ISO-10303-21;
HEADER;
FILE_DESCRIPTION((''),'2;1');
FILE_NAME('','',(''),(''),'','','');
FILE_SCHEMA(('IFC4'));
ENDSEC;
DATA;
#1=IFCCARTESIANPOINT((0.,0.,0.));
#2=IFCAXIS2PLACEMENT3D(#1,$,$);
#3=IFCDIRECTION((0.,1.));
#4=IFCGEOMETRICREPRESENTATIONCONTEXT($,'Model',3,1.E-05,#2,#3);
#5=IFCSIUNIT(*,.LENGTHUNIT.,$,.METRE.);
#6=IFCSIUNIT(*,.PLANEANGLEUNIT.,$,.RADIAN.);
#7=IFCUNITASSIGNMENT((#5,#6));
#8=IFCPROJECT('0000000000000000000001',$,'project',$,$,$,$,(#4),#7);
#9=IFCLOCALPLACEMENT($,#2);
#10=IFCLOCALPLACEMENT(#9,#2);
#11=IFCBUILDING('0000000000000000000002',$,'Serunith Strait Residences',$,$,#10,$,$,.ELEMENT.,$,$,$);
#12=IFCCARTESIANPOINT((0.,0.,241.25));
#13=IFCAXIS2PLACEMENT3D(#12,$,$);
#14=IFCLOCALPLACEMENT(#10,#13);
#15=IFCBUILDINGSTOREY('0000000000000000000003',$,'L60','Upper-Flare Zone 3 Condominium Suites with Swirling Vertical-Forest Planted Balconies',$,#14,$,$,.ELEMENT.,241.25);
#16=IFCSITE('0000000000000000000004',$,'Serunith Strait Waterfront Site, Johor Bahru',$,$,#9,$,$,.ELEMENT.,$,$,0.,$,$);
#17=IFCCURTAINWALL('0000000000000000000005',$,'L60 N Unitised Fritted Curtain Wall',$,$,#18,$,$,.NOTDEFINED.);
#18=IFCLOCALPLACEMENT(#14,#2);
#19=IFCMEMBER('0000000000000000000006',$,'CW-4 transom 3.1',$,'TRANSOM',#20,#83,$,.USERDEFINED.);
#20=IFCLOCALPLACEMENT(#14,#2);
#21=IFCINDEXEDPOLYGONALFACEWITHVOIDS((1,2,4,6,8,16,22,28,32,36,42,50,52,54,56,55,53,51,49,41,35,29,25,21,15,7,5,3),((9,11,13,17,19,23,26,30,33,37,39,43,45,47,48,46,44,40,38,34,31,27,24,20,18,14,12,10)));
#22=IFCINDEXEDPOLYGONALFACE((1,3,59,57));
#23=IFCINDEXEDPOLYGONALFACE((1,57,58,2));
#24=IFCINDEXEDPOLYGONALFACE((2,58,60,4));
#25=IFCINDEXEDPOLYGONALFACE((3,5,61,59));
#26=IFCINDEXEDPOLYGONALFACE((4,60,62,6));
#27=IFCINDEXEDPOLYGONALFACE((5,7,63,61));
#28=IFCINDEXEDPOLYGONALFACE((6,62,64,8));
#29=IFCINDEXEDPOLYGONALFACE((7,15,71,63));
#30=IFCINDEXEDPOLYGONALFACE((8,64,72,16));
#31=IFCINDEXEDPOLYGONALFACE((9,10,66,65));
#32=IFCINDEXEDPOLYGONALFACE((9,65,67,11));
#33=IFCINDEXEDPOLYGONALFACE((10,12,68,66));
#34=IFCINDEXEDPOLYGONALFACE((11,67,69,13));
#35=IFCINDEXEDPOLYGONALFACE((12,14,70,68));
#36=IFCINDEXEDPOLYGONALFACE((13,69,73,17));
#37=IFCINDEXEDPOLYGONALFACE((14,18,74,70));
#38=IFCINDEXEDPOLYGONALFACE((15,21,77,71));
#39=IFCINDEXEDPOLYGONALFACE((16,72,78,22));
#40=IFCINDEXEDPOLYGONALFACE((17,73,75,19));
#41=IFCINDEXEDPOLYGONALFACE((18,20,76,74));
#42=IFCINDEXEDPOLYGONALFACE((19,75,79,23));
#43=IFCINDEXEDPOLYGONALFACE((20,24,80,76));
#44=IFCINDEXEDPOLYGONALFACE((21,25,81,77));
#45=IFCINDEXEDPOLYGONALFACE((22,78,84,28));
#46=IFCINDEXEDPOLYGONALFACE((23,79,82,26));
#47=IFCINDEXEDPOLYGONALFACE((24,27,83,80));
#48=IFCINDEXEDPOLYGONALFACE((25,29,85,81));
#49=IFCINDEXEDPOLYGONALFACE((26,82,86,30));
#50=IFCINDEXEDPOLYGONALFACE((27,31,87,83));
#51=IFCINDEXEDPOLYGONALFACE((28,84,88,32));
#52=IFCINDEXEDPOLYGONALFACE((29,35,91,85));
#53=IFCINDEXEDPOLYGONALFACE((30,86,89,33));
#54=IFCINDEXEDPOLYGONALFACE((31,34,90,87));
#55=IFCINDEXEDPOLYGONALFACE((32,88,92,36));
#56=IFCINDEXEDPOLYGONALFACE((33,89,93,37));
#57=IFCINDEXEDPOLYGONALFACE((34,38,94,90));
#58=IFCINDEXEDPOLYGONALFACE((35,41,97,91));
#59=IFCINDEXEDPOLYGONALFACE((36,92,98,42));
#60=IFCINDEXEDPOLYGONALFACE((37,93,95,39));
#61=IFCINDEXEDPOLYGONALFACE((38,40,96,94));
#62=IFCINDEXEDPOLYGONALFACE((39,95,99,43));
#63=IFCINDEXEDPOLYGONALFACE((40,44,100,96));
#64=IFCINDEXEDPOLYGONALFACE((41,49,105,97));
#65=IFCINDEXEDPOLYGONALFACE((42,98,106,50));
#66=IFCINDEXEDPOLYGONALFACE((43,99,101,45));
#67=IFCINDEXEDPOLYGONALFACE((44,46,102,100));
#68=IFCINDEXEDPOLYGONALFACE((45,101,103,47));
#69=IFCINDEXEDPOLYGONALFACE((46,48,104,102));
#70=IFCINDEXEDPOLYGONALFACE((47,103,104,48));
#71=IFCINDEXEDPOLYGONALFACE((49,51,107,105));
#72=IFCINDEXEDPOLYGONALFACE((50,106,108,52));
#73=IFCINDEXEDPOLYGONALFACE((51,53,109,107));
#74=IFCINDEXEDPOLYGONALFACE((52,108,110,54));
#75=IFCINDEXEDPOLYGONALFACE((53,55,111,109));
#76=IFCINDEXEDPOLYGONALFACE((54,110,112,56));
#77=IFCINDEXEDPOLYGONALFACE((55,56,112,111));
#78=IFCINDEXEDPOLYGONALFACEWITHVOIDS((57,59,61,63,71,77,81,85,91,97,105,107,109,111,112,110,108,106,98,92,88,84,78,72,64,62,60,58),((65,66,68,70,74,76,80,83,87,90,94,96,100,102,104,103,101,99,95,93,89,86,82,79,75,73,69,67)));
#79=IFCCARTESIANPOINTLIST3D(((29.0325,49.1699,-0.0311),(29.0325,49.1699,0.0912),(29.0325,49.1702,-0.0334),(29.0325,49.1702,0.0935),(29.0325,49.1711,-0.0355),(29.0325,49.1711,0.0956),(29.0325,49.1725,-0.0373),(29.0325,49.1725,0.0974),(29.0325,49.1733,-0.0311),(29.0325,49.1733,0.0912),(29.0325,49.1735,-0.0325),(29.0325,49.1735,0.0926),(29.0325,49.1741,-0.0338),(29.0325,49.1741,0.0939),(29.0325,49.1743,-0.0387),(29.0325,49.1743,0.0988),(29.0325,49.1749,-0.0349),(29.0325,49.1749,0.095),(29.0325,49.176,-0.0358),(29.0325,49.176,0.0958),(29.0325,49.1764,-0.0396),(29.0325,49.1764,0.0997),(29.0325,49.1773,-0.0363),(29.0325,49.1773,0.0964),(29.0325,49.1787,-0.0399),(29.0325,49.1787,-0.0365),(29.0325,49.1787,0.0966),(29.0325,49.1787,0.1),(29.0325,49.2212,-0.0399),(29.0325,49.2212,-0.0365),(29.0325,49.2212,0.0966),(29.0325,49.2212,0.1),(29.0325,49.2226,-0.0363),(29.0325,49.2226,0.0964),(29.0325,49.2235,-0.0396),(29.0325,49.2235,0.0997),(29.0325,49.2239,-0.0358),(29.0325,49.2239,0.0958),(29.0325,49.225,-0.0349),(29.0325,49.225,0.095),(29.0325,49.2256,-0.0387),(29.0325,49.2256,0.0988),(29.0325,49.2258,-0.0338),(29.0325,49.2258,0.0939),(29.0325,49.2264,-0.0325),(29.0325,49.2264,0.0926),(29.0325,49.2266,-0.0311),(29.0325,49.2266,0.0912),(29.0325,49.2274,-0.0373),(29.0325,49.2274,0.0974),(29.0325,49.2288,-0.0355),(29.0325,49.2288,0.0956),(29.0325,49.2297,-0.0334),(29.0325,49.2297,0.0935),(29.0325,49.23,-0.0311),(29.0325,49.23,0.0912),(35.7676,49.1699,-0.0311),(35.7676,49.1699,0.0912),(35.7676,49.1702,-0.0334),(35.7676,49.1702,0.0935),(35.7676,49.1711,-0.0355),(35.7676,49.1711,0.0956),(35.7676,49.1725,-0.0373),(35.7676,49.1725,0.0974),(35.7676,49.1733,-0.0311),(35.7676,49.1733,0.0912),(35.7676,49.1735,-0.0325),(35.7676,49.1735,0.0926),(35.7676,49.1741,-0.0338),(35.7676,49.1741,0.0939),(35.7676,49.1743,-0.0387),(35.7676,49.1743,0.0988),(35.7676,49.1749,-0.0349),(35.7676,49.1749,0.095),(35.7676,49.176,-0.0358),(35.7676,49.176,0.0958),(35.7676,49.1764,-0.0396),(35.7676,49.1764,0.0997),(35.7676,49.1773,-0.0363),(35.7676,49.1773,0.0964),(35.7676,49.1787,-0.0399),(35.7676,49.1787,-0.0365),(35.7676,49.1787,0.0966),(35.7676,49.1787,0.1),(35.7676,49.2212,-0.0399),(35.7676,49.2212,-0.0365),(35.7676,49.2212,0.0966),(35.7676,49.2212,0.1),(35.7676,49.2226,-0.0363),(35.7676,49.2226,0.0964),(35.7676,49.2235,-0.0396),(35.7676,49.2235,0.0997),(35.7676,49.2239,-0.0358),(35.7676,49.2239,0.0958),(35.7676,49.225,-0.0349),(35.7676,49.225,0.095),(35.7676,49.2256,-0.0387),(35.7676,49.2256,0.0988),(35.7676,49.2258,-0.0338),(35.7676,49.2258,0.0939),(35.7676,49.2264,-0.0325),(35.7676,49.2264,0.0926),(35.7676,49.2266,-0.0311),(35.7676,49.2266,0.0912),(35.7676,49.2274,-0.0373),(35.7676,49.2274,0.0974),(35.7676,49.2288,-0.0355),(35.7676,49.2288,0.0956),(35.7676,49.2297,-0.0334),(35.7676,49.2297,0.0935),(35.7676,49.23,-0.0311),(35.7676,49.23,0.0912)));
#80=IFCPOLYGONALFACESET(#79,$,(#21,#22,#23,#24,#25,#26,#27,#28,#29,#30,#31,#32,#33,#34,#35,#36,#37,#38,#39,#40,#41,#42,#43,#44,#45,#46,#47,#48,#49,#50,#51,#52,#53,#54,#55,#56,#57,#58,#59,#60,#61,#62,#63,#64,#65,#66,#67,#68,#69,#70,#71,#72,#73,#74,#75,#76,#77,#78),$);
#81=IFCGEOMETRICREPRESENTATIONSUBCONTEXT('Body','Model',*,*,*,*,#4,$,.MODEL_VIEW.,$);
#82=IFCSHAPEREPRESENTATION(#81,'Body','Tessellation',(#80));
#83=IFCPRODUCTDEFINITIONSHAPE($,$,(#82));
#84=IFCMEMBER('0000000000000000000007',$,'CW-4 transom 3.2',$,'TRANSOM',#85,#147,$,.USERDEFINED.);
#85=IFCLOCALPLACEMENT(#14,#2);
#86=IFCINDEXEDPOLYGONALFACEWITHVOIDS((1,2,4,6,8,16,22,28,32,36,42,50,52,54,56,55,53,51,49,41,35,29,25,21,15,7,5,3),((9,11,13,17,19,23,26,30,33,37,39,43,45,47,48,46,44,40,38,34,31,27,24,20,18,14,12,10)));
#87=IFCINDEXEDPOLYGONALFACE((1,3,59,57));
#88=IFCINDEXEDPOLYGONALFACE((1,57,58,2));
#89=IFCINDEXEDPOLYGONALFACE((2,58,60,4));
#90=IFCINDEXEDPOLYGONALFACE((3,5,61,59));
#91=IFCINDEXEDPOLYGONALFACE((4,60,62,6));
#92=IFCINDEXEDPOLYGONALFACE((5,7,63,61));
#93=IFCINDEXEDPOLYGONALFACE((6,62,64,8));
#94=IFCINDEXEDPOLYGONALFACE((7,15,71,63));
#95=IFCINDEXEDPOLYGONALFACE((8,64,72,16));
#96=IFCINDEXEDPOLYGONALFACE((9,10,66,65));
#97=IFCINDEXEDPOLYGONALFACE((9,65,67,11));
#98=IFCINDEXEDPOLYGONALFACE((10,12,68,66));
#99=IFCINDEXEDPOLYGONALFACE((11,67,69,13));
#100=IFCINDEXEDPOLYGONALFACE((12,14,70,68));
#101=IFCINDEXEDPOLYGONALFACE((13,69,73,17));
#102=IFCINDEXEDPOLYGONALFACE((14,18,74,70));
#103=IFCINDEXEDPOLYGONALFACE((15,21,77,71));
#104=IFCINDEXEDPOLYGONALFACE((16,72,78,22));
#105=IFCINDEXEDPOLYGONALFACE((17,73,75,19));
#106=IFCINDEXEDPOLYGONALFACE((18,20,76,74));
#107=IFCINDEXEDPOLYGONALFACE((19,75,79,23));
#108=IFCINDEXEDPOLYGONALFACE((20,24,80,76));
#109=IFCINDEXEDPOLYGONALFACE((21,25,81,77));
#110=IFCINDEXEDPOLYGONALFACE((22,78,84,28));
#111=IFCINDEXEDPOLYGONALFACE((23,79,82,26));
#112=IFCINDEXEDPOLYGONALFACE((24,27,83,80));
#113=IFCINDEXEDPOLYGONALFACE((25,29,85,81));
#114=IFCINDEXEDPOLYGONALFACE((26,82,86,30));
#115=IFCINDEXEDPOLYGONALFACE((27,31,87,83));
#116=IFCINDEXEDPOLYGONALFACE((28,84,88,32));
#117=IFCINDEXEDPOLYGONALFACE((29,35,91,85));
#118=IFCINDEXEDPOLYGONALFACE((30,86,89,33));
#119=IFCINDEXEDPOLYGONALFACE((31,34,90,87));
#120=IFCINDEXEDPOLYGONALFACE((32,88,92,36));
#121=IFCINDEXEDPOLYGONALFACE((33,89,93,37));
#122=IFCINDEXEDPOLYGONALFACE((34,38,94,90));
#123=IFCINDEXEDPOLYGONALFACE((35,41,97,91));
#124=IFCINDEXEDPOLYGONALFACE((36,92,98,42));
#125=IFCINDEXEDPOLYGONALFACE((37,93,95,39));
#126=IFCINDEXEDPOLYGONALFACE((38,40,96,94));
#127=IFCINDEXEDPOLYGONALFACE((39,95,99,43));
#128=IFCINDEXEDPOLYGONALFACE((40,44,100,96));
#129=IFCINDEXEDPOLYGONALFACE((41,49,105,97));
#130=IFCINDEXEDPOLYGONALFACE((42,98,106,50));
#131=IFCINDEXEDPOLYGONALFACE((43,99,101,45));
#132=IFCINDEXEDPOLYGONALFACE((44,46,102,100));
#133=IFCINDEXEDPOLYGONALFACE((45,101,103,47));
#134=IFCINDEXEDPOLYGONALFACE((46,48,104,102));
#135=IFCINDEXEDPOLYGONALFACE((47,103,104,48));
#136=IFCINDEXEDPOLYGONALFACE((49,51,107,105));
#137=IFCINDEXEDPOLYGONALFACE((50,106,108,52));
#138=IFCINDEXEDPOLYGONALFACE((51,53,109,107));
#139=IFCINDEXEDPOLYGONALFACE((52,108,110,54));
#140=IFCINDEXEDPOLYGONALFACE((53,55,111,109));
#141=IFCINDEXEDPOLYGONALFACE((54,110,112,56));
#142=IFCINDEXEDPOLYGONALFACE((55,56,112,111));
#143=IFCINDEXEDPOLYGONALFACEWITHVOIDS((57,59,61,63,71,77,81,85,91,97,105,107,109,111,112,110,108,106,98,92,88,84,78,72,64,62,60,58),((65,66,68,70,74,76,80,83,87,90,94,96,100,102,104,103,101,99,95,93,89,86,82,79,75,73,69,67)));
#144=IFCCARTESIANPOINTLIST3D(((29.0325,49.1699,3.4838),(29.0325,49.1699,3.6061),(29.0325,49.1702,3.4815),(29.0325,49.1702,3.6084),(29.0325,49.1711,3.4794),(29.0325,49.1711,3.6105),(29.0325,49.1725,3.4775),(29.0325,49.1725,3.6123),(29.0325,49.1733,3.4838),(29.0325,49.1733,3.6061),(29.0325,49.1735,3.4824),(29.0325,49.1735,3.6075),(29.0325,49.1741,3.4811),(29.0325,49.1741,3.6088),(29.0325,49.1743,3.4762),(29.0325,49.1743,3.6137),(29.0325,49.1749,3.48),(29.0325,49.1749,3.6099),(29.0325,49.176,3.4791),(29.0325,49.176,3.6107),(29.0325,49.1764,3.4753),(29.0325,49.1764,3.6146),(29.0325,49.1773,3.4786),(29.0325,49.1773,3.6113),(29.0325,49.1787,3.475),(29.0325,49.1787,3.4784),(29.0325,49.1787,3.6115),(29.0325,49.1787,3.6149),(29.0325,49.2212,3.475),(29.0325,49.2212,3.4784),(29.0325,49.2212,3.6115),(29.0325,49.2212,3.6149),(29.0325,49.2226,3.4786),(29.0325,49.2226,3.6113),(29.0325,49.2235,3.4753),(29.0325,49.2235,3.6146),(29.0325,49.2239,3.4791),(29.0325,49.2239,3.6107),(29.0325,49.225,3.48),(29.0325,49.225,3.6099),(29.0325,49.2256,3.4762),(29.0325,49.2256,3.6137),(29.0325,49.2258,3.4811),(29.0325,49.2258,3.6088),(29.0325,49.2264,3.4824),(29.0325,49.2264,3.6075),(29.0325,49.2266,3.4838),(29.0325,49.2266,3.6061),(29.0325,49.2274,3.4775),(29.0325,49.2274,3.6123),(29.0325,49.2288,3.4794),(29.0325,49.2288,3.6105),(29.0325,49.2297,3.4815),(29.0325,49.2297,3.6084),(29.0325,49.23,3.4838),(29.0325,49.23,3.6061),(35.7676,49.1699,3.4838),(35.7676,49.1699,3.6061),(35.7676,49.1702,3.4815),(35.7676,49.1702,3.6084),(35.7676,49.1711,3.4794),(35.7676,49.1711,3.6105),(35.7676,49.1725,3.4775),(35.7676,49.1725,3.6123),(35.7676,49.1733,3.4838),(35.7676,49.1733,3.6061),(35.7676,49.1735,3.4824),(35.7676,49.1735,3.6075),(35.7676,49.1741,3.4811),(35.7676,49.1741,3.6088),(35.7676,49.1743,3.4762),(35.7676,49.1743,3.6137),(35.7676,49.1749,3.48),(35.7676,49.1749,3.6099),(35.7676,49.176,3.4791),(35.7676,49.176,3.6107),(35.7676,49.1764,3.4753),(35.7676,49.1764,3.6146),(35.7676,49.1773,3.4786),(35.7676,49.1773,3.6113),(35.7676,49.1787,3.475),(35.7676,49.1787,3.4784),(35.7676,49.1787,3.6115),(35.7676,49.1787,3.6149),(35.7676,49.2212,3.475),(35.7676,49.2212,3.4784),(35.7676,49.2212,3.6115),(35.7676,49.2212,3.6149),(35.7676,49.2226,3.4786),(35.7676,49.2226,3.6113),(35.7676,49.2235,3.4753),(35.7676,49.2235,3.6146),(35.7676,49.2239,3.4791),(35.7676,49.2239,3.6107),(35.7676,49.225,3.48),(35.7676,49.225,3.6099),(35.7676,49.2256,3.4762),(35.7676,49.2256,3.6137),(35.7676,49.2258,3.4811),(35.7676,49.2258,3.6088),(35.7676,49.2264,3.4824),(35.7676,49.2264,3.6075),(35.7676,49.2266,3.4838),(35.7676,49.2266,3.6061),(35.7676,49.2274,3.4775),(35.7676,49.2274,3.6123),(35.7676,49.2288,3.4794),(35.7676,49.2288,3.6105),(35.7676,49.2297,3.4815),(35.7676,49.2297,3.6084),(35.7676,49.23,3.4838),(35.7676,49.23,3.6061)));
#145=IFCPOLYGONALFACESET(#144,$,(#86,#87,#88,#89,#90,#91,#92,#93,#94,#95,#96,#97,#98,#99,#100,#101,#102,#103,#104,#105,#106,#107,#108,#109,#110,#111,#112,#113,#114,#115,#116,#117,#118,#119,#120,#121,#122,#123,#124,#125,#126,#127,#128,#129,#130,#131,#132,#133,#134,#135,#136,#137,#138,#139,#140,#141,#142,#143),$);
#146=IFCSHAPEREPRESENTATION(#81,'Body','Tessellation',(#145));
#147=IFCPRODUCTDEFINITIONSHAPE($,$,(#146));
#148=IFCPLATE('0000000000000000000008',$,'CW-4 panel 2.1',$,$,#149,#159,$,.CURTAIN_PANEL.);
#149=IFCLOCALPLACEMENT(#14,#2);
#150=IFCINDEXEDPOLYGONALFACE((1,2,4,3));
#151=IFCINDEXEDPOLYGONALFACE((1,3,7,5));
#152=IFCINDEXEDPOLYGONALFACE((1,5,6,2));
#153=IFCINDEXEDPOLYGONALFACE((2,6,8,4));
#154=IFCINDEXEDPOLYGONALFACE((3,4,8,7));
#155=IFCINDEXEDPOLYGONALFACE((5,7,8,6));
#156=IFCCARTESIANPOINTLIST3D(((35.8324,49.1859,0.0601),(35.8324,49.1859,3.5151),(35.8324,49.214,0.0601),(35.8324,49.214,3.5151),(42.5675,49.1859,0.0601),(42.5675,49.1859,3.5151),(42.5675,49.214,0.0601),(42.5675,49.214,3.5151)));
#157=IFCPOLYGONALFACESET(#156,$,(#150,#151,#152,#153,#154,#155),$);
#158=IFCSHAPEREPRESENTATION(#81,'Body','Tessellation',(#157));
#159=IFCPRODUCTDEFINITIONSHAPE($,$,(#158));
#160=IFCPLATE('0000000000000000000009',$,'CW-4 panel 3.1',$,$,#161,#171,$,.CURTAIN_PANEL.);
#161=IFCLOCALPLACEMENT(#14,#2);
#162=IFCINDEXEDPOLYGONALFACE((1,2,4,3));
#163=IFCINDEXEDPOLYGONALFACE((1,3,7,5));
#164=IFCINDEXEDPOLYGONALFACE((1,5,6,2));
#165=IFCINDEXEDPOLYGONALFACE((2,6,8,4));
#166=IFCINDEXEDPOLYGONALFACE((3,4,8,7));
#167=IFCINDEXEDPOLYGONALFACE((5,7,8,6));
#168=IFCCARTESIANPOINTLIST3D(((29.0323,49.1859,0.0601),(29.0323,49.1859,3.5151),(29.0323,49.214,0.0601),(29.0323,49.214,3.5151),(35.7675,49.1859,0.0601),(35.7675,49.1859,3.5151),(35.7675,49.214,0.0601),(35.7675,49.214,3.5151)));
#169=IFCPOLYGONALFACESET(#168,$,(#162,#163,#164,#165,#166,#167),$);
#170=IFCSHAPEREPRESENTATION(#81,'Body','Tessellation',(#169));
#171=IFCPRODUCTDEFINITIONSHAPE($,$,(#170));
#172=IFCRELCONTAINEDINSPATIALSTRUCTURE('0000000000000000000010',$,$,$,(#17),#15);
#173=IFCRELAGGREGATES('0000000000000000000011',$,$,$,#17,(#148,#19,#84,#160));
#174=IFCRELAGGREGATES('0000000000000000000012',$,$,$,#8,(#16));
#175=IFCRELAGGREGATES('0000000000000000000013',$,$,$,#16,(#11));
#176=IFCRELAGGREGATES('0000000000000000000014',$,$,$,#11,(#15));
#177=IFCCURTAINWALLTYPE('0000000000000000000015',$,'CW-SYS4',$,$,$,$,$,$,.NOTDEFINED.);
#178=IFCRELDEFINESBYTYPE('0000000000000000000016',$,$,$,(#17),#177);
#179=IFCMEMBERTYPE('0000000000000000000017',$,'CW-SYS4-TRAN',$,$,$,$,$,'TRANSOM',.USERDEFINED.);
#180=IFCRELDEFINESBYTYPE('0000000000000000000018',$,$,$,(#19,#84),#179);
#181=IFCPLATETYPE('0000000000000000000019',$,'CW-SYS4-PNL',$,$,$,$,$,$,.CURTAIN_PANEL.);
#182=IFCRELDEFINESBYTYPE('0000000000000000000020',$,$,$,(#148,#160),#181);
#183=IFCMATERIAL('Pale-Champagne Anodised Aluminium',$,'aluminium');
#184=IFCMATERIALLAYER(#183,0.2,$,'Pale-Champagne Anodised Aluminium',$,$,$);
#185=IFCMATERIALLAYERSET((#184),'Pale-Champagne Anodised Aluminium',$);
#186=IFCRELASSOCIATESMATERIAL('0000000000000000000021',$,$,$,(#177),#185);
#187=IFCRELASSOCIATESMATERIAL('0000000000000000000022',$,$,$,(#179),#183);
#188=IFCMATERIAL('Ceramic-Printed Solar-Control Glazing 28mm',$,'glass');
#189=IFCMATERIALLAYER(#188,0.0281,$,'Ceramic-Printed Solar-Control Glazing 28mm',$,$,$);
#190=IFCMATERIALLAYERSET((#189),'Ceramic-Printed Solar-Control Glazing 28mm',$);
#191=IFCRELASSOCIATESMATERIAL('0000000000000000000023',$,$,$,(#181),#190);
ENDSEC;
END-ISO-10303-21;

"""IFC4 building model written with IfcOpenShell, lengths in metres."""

from ifc_helpers import new_model, si_unit, direction, frame, origin, origin_2d, place, context, subcontext, project, spatial, rectangle, hollow_rectangle, extrude, source, transform, mapped, material, layer, layer_set, material_profile, profile_set, type_object, element, aggregate, save


model = new_model("IFC4")

# Units and contexts
model_context = context("Model", 3, precision=1e-05, world=origin(), true_north=direction((0.0, 1.0)))
body_context = subcontext(model_context, "Body", "Model", "MODEL_VIEW")
ifc_project = project(units=[si_unit("LENGTHUNIT", "METRE"), si_unit("PLANEANGLEUNIT", "RADIAN")], contexts=[model_context])

# Site, building, storey
site_placement = place(None, origin())
site = spatial("IfcSite", under=ifc_project, at=site_placement, Name="Serunith Strait Waterfront Site, Johor Bahru", CompositionType="ELEMENT", RefElevation=0.0)
building_placement = place(site_placement, origin())
building = spatial("IfcBuilding", under=site, at=building_placement, Name="Serunith Strait Residences", CompositionType="ELEMENT")
storey_placement = place(building_placement, frame((0.0, 0.0, 241.25)))
storey = spatial("IfcBuildingStorey", under=building, at=storey_placement, Name="L60", Description="Upper-Flare Zone 3 Condominium Suites with Swirling Vertical-Forest Planted Balconies", CompositionType="ELEMENT", Elevation=241.25)

# Curtain wall, members, plates
ifc_material_1 = material(Name="Pale-Champagne Anodised Aluminium", Category="aluminium")
ifc_layer_1 = layer(ifc_material_1, 0.2, Name="Pale-Champagne Anodised Aluminium")
ifc_layer_set_1 = layer_set([ifc_layer_1], Name="Pale-Champagne Anodised Aluminium")
curtain_wall_type = type_object("IfcCurtainWallType", Name="CW-SYS4", PredefinedType="NOTDEFINED", material=ifc_layer_set_1)
curtain_wall_placement = place(storey_placement, origin())
curtain_wall = element("IfcCurtainWall", 1, at=curtain_wall_placement, inside=storey, type_object=curtain_wall_type, Name="L60 N Unitised Fritted Curtain Wall", PredefinedType="NOTDEFINED")
ifc_material_profile_1 = material_profile(ifc_material_1, hollow_rectangle(XDim=0.0601, YDim=0.1399, WallThickness=0.0034, InnerFilletRadius=0.0054, OuterFilletRadius=0.0088, at=origin_2d()), Name="ALU 140x60x3.5")
ifc_profile_set_1 = profile_set([ifc_material_profile_1], Name="Pale-Champagne Anodised Aluminium")
member_type_1 = type_object("IfcMemberType", Name="CW-SYS4-TRAN", ElementType="TRANSOM", PredefinedType="USERDEFINED", material=ifc_profile_set_1)
shared_shape_1 = source(origin(), body_context, "Body", "SweptSolid", [
    extrude(hollow_rectangle(XDim=0.0601, YDim=0.1399, WallThickness=0.0034, InnerFilletRadius=0.0054, OuterFilletRadius=0.0088, at=origin_2d()), origin(), (0.0, 0.0, 1.0), 6.7351),
])
member_1_placement = place(storey_placement, frame((35.7676, 49.2, 0.03), z_axis=(-1.0, 0.0, 0.0), x_axis=(0.0, -1.0, 0.0)))
member_1 = element("IfcMember", 2, at=member_1_placement, type_object=member_type_1, Name="CW-4 transom 3.1", ObjectType="TRANSOM", PredefinedType="USERDEFINED", context=body_context, shape_type="MappedRepresentation", body=[
    mapped(shared_shape_1, transform((0.0, 0.0, 0.0), scale=1.0)),
])
member_2_placement = place(storey_placement, frame((35.7676, 49.2, 3.5449), z_axis=(-1.0, 0.0, 0.0), x_axis=(0.0, -1.0, 0.0)))
member_2 = element("IfcMember", 3, at=member_2_placement, type_object=member_type_1, Name="CW-4 transom 3.2", ObjectType="TRANSOM", PredefinedType="USERDEFINED", context=body_context, shape_type="MappedRepresentation", body=[
    mapped(shared_shape_1, transform((0.0, 0.0, 0.0), scale=1.0)),
])
ifc_material_2 = material(Name="Ceramic-Printed Solar-Control Glazing 28mm", Category="glass")
ifc_layer_2 = layer(ifc_material_2, 0.0281, Name="Ceramic-Printed Solar-Control Glazing 28mm")
ifc_layer_set_2 = layer_set([ifc_layer_2], Name="Ceramic-Printed Solar-Control Glazing 28mm")
plate_type = type_object("IfcPlateType", Name="CW-SYS4-PNL", PredefinedType="CURTAIN_PANEL", material=ifc_layer_set_2)
shared_shape_2 = source(origin(), body_context, "Body", "SweptSolid", [
    extrude(rectangle(XDim=6.7351, YDim=0.0281, at=origin_2d()), origin(), (0.0, 0.0, 1.0), 3.4551),
])
plate_1_placement = place(storey_placement, frame((39.2, 49.2, 0.0601), z_axis=(0.0, 0.0, 1.0), x_axis=(-1.0, 0.0, 0.0)))
plate_1 = element("IfcPlate", 4, at=plate_1_placement, type_object=plate_type, Name="CW-4 panel 2.1", PredefinedType="CURTAIN_PANEL", context=body_context, shape_type="MappedRepresentation", body=[
    mapped(shared_shape_2, transform((0.0, 0.0, 0.0), scale=1.0)),
])
plate_2_placement = place(storey_placement, frame((32.3999, 49.2, 0.0601), z_axis=(0.0, 0.0, 1.0), x_axis=(-1.0, 0.0, 0.0)))
plate_2 = element("IfcPlate", 5, at=plate_2_placement, type_object=plate_type, Name="CW-4 panel 3.1", PredefinedType="CURTAIN_PANEL", context=body_context, shape_type="MappedRepresentation", body=[
    mapped(shared_shape_2, transform((0.0, 0.0, 0.0), scale=1.0)),
])
aggregate(curtain_wall, [plate_1, member_1, member_2, plate_2])

save(model, "model.ifc")
